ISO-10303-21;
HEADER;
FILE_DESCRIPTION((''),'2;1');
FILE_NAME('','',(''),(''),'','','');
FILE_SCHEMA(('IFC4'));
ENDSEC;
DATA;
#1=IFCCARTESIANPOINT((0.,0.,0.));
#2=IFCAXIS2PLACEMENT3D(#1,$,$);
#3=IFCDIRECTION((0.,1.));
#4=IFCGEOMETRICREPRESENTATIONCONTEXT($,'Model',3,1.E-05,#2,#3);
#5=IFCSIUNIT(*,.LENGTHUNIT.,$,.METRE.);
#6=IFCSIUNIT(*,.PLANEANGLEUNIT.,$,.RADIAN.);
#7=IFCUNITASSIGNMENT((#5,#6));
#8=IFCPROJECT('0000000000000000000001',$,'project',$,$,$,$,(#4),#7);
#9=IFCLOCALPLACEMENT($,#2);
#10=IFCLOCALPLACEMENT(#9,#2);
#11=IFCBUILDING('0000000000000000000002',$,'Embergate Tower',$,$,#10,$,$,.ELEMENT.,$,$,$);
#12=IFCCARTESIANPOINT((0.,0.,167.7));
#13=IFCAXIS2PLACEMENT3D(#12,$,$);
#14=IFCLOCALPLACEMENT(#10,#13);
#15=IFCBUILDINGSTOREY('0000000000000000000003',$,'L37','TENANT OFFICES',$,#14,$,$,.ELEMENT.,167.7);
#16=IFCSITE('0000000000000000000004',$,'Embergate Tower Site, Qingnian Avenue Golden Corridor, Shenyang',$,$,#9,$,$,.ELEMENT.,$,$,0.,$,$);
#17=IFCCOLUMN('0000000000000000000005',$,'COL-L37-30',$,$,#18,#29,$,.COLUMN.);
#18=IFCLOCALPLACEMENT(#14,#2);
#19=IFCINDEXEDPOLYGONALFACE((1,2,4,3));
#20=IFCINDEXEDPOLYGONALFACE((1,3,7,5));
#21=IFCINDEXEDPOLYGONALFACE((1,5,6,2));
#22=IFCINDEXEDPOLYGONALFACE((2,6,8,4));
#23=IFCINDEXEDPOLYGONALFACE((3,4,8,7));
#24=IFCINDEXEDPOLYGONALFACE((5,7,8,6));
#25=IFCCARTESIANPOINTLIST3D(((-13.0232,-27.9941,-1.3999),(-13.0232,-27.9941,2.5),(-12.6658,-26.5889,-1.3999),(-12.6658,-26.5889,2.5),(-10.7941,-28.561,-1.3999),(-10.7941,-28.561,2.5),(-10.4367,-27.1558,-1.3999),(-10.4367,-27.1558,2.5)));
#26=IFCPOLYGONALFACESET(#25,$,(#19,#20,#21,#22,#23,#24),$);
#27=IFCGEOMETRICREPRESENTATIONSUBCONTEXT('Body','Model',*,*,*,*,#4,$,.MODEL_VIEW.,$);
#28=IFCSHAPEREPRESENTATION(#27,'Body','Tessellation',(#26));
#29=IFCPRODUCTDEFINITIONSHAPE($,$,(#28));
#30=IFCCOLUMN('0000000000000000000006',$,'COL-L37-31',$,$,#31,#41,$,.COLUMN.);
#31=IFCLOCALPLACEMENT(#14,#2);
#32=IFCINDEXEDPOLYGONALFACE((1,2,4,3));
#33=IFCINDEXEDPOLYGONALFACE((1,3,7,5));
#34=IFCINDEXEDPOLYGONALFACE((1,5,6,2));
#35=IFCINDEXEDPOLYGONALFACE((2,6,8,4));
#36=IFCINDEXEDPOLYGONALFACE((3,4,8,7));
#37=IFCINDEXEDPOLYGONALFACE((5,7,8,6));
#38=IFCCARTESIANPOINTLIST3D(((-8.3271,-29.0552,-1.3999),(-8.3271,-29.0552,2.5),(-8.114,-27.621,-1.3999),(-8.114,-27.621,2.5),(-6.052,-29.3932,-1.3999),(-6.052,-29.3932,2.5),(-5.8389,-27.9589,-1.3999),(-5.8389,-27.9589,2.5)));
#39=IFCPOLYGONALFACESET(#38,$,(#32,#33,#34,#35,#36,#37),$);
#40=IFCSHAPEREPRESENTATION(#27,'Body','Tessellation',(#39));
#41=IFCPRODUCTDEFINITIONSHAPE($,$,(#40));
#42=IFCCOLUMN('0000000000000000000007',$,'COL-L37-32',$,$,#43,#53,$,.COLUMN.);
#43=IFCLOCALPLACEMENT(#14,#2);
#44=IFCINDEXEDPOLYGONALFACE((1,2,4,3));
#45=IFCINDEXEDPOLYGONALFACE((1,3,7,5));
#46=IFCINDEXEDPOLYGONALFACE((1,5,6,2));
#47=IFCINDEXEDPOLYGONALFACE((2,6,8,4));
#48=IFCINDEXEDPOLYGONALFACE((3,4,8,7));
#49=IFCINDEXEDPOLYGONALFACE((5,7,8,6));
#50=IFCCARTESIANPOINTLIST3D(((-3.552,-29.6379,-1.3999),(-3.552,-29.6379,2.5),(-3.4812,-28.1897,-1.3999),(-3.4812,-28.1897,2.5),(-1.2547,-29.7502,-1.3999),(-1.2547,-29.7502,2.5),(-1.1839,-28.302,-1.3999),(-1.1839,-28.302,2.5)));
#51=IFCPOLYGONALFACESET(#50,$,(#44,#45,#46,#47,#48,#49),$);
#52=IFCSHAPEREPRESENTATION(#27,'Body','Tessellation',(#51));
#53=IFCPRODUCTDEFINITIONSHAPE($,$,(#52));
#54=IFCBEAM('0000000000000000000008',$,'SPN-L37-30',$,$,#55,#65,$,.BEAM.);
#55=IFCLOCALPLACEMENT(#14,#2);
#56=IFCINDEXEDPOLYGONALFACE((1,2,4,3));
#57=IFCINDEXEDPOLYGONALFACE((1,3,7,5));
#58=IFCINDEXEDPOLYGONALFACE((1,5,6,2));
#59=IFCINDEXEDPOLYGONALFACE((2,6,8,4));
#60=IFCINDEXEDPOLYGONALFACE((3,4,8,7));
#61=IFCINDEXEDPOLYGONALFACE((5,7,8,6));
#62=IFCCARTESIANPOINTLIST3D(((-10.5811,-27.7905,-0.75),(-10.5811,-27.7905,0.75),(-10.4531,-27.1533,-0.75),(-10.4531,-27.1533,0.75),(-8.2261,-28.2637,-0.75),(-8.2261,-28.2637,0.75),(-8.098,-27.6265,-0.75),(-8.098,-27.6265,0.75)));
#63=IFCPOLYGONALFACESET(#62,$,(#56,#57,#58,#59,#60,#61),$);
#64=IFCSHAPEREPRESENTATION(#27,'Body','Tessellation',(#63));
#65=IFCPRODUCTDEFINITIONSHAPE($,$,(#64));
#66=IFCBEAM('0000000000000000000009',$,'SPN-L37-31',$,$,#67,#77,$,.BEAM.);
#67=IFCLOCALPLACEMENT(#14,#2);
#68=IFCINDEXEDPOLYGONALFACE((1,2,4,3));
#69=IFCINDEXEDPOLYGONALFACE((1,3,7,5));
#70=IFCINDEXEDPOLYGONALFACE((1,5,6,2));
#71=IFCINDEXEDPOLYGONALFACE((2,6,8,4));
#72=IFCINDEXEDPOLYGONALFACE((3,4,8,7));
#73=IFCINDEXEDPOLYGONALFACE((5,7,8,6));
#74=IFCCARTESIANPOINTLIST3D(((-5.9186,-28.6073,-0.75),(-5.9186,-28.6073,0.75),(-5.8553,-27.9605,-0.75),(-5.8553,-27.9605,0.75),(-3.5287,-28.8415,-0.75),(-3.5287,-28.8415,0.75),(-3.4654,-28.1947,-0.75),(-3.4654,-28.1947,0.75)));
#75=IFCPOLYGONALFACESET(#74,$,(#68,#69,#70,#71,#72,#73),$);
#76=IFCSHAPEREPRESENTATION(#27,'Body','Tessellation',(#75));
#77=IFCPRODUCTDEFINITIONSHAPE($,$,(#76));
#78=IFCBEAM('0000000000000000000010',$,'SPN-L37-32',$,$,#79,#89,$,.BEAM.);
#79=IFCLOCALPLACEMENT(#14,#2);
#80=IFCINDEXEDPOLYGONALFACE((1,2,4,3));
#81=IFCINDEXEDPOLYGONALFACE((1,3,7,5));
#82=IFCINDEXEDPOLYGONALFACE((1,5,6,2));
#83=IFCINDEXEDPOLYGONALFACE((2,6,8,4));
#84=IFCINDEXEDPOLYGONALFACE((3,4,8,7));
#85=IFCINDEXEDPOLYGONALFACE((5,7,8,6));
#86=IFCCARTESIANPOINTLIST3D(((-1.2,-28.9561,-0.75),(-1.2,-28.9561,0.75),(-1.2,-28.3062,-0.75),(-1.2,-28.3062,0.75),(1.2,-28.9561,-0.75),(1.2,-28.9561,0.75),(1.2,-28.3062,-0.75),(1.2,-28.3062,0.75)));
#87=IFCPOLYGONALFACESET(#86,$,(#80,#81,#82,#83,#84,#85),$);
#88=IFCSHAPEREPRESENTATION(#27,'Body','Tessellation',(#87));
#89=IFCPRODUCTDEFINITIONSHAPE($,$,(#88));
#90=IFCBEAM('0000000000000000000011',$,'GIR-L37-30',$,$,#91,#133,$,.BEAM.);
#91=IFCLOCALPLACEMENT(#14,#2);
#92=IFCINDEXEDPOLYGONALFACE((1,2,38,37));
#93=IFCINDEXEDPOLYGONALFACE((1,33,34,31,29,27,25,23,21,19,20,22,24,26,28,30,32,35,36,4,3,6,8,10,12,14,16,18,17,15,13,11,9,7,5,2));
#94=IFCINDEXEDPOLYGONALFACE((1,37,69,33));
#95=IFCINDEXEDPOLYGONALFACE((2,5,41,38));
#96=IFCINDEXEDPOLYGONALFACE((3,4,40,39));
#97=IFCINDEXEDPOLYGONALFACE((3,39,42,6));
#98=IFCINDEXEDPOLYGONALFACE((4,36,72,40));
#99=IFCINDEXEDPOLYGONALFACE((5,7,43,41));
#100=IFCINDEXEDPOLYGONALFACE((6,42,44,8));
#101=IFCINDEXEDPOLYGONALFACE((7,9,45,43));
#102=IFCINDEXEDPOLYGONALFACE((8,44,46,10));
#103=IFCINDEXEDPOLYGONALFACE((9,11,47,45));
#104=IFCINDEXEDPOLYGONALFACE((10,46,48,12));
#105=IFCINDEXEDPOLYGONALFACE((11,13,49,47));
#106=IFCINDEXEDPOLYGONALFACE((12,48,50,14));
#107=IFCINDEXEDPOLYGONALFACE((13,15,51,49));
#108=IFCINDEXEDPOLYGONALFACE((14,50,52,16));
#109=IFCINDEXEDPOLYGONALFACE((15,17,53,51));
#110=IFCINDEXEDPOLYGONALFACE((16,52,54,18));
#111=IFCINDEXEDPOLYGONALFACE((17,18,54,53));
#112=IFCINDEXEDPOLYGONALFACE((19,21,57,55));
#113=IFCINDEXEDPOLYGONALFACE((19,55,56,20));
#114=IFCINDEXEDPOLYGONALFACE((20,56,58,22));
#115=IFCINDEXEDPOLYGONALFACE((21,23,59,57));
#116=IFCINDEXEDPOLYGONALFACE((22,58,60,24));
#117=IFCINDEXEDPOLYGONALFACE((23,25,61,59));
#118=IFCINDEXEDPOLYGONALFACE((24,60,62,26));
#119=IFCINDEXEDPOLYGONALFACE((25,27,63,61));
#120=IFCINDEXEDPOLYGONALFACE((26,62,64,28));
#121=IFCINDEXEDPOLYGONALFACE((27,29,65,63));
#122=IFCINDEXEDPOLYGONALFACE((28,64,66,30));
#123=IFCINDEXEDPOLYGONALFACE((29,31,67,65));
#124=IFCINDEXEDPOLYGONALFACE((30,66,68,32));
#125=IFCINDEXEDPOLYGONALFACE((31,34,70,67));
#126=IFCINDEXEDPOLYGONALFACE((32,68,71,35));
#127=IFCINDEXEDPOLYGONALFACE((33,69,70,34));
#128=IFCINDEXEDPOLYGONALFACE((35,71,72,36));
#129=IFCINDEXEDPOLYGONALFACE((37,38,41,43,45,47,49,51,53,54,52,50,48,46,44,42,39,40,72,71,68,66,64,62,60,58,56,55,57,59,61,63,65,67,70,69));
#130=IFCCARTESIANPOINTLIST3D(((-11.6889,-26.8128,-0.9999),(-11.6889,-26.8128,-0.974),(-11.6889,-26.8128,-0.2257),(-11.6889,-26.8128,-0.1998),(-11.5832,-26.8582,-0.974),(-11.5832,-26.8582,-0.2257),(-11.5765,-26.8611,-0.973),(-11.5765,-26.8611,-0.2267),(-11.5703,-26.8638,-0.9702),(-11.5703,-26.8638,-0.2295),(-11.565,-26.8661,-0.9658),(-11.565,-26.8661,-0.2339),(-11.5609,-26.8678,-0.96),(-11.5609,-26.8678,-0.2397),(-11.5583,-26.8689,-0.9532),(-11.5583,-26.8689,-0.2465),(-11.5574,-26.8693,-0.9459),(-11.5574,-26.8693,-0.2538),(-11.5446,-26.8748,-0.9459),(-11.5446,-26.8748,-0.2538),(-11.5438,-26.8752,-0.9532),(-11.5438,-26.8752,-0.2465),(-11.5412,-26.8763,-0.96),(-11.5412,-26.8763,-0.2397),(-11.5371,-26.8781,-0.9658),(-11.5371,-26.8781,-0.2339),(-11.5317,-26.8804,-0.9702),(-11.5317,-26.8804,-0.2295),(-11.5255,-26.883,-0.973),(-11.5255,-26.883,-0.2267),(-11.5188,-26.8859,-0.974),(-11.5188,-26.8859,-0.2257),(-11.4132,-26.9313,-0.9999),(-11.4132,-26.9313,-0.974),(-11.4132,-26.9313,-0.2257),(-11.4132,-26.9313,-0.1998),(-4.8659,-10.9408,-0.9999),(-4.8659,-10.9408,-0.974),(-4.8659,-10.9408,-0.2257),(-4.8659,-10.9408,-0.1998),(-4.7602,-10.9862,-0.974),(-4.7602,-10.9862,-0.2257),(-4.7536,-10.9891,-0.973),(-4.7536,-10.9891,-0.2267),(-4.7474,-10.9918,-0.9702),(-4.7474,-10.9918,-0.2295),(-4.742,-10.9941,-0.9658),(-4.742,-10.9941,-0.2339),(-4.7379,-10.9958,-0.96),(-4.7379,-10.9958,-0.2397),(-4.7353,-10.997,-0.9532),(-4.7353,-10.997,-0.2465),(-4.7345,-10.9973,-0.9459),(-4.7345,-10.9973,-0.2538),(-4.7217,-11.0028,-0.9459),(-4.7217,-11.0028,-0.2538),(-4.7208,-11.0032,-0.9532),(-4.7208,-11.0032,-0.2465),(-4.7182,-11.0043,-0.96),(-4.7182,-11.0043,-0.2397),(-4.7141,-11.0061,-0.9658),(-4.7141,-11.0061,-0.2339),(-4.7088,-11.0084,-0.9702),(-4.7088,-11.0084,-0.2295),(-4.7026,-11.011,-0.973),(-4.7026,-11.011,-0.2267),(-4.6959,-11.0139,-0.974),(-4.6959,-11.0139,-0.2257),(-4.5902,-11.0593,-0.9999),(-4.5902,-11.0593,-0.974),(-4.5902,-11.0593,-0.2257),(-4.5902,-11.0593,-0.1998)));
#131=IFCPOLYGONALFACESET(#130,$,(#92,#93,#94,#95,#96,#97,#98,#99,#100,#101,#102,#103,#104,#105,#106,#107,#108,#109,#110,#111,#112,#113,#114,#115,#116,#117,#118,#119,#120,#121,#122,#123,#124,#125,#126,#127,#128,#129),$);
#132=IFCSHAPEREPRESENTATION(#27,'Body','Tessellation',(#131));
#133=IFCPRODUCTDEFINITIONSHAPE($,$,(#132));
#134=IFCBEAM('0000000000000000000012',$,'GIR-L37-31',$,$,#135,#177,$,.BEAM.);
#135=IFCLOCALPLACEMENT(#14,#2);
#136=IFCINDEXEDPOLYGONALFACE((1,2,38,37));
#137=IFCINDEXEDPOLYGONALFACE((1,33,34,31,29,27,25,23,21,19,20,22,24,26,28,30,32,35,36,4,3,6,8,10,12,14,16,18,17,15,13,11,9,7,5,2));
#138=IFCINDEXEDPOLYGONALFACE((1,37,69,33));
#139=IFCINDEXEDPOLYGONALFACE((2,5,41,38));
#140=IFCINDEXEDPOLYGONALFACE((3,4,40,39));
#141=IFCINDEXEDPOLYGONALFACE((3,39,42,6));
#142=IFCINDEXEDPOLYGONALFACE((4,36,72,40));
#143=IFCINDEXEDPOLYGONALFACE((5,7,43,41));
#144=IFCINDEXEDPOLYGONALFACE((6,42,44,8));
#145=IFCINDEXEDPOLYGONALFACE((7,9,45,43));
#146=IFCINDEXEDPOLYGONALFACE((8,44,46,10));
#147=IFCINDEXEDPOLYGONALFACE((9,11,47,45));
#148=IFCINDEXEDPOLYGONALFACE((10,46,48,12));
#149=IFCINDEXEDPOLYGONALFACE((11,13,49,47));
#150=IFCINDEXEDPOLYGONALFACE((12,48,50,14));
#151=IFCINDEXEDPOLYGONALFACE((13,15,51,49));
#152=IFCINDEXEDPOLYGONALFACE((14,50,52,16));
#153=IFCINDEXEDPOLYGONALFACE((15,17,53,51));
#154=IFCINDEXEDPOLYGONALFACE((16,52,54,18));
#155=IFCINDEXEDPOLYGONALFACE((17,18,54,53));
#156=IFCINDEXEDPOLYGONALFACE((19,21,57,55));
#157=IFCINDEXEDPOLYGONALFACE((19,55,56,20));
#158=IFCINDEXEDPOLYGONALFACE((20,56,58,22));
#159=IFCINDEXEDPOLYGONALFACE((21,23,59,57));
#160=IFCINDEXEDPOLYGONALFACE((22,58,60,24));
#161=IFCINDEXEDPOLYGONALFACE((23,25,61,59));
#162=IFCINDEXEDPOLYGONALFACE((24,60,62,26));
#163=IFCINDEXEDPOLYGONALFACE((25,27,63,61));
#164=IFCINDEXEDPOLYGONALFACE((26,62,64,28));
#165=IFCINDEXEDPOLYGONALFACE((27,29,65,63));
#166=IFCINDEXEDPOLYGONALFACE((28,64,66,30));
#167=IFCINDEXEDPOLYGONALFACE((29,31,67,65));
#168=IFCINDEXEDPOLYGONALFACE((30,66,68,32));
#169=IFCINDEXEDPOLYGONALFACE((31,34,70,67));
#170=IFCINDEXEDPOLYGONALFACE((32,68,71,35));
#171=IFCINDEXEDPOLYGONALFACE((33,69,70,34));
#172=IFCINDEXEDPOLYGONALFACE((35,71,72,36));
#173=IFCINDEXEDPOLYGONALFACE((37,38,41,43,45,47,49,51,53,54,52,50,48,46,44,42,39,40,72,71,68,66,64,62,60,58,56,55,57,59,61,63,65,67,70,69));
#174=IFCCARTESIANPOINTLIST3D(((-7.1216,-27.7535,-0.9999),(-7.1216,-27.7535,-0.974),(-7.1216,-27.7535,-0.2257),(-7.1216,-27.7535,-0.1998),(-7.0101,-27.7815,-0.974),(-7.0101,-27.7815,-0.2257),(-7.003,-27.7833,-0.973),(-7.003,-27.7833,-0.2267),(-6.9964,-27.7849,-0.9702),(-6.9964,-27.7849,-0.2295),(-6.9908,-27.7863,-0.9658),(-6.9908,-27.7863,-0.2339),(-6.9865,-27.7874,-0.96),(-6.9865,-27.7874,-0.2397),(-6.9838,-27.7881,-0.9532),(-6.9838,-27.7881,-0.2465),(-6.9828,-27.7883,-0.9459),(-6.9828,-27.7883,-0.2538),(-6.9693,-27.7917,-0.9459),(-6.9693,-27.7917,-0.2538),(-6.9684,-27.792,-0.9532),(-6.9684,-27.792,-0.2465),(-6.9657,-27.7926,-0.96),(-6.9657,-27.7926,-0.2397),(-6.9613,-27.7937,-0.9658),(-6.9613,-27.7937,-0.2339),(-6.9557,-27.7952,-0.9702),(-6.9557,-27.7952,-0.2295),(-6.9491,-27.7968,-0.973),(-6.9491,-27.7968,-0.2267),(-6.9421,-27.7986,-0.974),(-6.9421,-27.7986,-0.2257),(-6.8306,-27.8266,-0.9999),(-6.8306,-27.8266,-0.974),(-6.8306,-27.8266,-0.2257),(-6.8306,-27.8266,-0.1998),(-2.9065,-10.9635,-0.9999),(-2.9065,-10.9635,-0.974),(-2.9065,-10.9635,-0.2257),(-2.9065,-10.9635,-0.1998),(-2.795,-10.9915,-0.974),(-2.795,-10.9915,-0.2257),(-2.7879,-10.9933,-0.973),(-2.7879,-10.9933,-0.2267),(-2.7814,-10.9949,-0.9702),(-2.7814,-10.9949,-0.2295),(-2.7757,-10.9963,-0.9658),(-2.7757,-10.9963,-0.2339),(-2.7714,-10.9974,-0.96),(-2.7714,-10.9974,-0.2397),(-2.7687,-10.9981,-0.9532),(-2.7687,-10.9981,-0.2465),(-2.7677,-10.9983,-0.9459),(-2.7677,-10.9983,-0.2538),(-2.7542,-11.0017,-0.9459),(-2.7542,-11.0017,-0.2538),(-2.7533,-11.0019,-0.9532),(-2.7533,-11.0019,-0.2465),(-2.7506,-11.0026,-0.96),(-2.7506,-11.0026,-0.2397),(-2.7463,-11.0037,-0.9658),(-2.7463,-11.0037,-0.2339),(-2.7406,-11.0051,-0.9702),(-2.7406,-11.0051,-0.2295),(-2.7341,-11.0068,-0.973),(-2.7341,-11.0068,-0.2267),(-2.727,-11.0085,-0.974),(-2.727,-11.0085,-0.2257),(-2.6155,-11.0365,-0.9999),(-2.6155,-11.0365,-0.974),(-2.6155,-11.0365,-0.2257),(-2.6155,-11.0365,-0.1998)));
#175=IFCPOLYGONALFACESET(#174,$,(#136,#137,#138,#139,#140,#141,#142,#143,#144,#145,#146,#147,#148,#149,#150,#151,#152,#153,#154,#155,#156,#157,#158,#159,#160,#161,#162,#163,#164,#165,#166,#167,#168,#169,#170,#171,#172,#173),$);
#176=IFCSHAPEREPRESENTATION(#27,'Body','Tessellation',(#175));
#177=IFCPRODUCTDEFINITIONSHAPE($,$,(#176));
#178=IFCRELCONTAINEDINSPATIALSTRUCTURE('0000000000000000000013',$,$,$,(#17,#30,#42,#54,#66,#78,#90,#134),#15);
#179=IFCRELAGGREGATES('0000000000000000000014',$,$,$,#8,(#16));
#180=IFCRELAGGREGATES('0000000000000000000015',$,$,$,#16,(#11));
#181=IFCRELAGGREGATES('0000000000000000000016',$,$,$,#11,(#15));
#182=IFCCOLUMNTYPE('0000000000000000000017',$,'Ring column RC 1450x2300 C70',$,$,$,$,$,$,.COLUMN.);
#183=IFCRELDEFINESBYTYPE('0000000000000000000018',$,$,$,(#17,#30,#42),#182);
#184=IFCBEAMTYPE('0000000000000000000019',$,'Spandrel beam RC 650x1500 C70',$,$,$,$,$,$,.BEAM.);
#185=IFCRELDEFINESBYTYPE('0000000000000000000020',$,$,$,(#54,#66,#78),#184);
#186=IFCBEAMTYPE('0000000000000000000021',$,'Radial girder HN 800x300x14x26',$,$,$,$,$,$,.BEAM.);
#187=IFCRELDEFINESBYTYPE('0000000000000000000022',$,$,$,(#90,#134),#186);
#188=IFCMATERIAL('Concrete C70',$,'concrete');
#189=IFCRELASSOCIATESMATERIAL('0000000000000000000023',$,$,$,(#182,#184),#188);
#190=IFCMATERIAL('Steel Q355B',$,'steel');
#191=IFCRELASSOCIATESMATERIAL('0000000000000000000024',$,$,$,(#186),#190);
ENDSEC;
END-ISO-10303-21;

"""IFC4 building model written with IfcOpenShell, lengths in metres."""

from ifc_helpers import new_model, si_unit, direction, frame, origin, origin_2d, place, context, subcontext, project, spatial, rectangle, i_section, extrude, source, transform, mapped, material, material_profile, profile_set, type_object, element, save


model = new_model("IFC4")

# Units and contexts
model_context = context("Model", 3, precision=1e-05, world=origin(), true_north=direction((0.0, 1.0)))
body_context = subcontext(model_context, "Body", "Model", "MODEL_VIEW")
ifc_project = project(units=[si_unit("LENGTHUNIT", "METRE"), si_unit("PLANEANGLEUNIT", "RADIAN")], contexts=[model_context])

# Site, building, storey
site_placement = place(None, origin())
site = spatial("IfcSite", under=ifc_project, at=site_placement, Name="Embergate Tower Site, Qingnian Avenue Golden Corridor, Shenyang", CompositionType="ELEMENT", RefElevation=0.0)
building_placement = place(site_placement, origin())
building = spatial("IfcBuilding", under=site, at=building_placement, Name="Embergate Tower", CompositionType="ELEMENT")
storey_placement = place(building_placement, frame((0.0, 0.0, 167.7)))
storey = spatial("IfcBuildingStorey", under=building, at=storey_placement, Name="L37", Description="TENANT OFFICES", CompositionType="ELEMENT", Elevation=167.7)

# Columns
ifc_material_1 = material(Name="Concrete C70", Category="concrete")
ifc_material_profile_1 = material_profile(ifc_material_1, rectangle(XDim=1.45, YDim=2.3, at=origin_2d()), Name="RC 1450x2300")
ifc_profile_set_1 = profile_set([ifc_material_profile_1], Name="Concrete C70")
column_type = type_object("IfcColumnType", Name="Ring column RC 1450x2300 C70", PredefinedType="COLUMN", material=ifc_profile_set_1)
shared_shape_1 = source(origin(), body_context, "Body", "SweptSolid", [
    extrude(rectangle(XDim=1.45, YDim=2.3, at=origin_2d()), origin(), (0.0, 0.0, 1.0), 3.8999),
])
for number, where, z_axis, x_axis, name in (
    (1, (-11.73, -27.575, -1.3999), (0.0, 0.0, 1.0), (-0.246492, -0.969145, 0.0), "COL-L37-30"),
    (2, (-7.083, -28.5071, -1.3999), (0.0, 0.0, 1.0), (-0.146929, -0.989147, 0.0), "COL-L37-31"),
    (3, (-2.3679, -28.97, -1.3999), (0.0, 0.0, 1.0), (-0.048815, -0.998808, 0.0), "COL-L37-32"),
):
    element("IfcColumn", number, at=place(storey_placement, frame(where, z_axis=z_axis, x_axis=x_axis)), inside=storey, type_object=column_type, Name=name, PredefinedType="COLUMN", context=body_context, shape_type="MappedRepresentation", body=[
        mapped(shared_shape_1, transform((0.0, 0.0, 0.0))),
    ])

# Beams
ifc_material_profile_2 = material_profile(ifc_material_1, rectangle(XDim=0.6499, YDim=1.5, at=origin_2d()), Name="RC 650x1500")
ifc_profile_set_2 = profile_set([ifc_material_profile_2], Name="Concrete C70")
beam_type_1 = type_object("IfcBeamType", Name="Spandrel beam RC 650x1500 C70", PredefinedType="BEAM", material=ifc_profile_set_2)
shared_shape_2 = source(origin(), body_context, "Body", "SweptSolid", [
    extrude(rectangle(XDim=0.6499, YDim=1.5, at=origin_2d()), origin(), (0.0, 0.0, 1.0), 2.4021),
])
beam_1_placement = place(storey_placement, frame((-10.5171, -27.4719, 0.0), z_axis=(0.980408, -0.196976, 0.0), x_axis=(0.196976, 0.980408, 0.0)))
element("IfcBeam", 4, at=beam_1_placement, inside=storey, type_object=beam_type_1, Name="SPN-L37-30", PredefinedType="BEAM", context=body_context, shape_type="MappedRepresentation", body=[
    mapped(shared_shape_2, transform((0.0, 0.0, 0.0))),
])
shared_shape_3 = source(origin(), body_context, "Body", "SweptSolid", [
    extrude(rectangle(XDim=0.6499, YDim=1.5, at=origin_2d()), origin(), (0.0, 0.0, 1.0), 2.4014),
])
beam_2_placement = place(storey_placement, frame((-5.887, -28.2839, 0.0), z_axis=(0.995235, -0.0975, 0.0), x_axis=(0.0975, 0.995235, 0.0)))
element("IfcBeam", 5, at=beam_2_placement, inside=storey, type_object=beam_type_1, Name="SPN-L37-31", PredefinedType="BEAM", context=body_context, shape_type="MappedRepresentation", body=[
    mapped(shared_shape_3, transform((0.0, 0.0, 0.0))),
])
shared_shape_4 = source(origin(), body_context, "Body", "SweptSolid", [
    extrude(rectangle(XDim=0.6499, YDim=1.5, at=origin_2d()), origin(), (0.0, 0.0, 1.0), 2.3999),
])
beam_3_placement = place(storey_placement, frame((-1.2, -28.6311, 0.0), z_axis=(1.0, 0.0, 0.0), x_axis=(0.0, 1.0, 0.0)))
element("IfcBeam", 6, at=beam_3_placement, inside=storey, type_object=beam_type_1, Name="SPN-L37-32", PredefinedType="BEAM", context=body_context, shape_type="MappedRepresentation", body=[
    mapped(shared_shape_4, transform((0.0, 0.0, 0.0))),
])
ifc_material_2 = material(Name="Steel Q355B", Category="steel")
ifc_material_profile_3 = material_profile(ifc_material_2, i_section(OverallWidth=0.3, OverallDepth=0.8, WebThickness=0.0139, FlangeThickness=0.0259, FilletRadius=0.0281, at=origin_2d()), Name="HN 800x300x14x26")
ifc_profile_set_3 = profile_set([ifc_material_profile_3], Name="Steel Q355 grade B")
beam_type_2 = type_object("IfcBeamType", Name="Radial girder HN 800x300x14x26", PredefinedType="BEAM", material=ifc_profile_set_3)
shared_shape_5 = source(origin(), body_context, "Body", "SweptSolid", [
    extrude(i_section(OverallWidth=0.3, OverallDepth=0.8, WebThickness=0.0139, FlangeThickness=0.0259, FilletRadius=0.0281, at=origin_2d()), origin(), (0.0, 0.0, 1.0), 17.2764),
])
beam_4_placement = place(storey_placement, frame((-11.551, -26.8721, -0.5999), z_axis=(0.39493, 0.918711, 0.0), x_axis=(-0.918711, 0.39493, 0.0)))
element("IfcBeam", 7, at=beam_4_placement, inside=storey, type_object=beam_type_2, Name="GIR-L37-30", PredefinedType="BEAM", context=body_context, shape_type="MappedRepresentation", body=[
    mapped(shared_shape_5, transform((0.0, 0.0, 0.0))),
])
shared_shape_6 = source(origin(), body_context, "Body", "SweptSolid", [
    extrude(i_section(OverallWidth=0.3, OverallDepth=0.8, WebThickness=0.0139, FlangeThickness=0.0259, FilletRadius=0.0281, at=origin_2d()), origin(), (0.0, 0.0, 1.0), 17.311),
])
beam_5_placement = place(storey_placement, frame((-6.9761, -27.79, -0.5999), z_axis=(0.243491, 0.969903, 0.0), x_axis=(-0.969903, 0.243491, 0.0)))
element("IfcBeam", 8, at=beam_5_placement, inside=storey, type_object=beam_type_2, Name="GIR-L37-31", PredefinedType="BEAM", context=body_context, shape_type="MappedRepresentation", body=[
    mapped(shared_shape_6, transform((0.0, 0.0, 0.0))),
])

save(model, "model.ifc")
